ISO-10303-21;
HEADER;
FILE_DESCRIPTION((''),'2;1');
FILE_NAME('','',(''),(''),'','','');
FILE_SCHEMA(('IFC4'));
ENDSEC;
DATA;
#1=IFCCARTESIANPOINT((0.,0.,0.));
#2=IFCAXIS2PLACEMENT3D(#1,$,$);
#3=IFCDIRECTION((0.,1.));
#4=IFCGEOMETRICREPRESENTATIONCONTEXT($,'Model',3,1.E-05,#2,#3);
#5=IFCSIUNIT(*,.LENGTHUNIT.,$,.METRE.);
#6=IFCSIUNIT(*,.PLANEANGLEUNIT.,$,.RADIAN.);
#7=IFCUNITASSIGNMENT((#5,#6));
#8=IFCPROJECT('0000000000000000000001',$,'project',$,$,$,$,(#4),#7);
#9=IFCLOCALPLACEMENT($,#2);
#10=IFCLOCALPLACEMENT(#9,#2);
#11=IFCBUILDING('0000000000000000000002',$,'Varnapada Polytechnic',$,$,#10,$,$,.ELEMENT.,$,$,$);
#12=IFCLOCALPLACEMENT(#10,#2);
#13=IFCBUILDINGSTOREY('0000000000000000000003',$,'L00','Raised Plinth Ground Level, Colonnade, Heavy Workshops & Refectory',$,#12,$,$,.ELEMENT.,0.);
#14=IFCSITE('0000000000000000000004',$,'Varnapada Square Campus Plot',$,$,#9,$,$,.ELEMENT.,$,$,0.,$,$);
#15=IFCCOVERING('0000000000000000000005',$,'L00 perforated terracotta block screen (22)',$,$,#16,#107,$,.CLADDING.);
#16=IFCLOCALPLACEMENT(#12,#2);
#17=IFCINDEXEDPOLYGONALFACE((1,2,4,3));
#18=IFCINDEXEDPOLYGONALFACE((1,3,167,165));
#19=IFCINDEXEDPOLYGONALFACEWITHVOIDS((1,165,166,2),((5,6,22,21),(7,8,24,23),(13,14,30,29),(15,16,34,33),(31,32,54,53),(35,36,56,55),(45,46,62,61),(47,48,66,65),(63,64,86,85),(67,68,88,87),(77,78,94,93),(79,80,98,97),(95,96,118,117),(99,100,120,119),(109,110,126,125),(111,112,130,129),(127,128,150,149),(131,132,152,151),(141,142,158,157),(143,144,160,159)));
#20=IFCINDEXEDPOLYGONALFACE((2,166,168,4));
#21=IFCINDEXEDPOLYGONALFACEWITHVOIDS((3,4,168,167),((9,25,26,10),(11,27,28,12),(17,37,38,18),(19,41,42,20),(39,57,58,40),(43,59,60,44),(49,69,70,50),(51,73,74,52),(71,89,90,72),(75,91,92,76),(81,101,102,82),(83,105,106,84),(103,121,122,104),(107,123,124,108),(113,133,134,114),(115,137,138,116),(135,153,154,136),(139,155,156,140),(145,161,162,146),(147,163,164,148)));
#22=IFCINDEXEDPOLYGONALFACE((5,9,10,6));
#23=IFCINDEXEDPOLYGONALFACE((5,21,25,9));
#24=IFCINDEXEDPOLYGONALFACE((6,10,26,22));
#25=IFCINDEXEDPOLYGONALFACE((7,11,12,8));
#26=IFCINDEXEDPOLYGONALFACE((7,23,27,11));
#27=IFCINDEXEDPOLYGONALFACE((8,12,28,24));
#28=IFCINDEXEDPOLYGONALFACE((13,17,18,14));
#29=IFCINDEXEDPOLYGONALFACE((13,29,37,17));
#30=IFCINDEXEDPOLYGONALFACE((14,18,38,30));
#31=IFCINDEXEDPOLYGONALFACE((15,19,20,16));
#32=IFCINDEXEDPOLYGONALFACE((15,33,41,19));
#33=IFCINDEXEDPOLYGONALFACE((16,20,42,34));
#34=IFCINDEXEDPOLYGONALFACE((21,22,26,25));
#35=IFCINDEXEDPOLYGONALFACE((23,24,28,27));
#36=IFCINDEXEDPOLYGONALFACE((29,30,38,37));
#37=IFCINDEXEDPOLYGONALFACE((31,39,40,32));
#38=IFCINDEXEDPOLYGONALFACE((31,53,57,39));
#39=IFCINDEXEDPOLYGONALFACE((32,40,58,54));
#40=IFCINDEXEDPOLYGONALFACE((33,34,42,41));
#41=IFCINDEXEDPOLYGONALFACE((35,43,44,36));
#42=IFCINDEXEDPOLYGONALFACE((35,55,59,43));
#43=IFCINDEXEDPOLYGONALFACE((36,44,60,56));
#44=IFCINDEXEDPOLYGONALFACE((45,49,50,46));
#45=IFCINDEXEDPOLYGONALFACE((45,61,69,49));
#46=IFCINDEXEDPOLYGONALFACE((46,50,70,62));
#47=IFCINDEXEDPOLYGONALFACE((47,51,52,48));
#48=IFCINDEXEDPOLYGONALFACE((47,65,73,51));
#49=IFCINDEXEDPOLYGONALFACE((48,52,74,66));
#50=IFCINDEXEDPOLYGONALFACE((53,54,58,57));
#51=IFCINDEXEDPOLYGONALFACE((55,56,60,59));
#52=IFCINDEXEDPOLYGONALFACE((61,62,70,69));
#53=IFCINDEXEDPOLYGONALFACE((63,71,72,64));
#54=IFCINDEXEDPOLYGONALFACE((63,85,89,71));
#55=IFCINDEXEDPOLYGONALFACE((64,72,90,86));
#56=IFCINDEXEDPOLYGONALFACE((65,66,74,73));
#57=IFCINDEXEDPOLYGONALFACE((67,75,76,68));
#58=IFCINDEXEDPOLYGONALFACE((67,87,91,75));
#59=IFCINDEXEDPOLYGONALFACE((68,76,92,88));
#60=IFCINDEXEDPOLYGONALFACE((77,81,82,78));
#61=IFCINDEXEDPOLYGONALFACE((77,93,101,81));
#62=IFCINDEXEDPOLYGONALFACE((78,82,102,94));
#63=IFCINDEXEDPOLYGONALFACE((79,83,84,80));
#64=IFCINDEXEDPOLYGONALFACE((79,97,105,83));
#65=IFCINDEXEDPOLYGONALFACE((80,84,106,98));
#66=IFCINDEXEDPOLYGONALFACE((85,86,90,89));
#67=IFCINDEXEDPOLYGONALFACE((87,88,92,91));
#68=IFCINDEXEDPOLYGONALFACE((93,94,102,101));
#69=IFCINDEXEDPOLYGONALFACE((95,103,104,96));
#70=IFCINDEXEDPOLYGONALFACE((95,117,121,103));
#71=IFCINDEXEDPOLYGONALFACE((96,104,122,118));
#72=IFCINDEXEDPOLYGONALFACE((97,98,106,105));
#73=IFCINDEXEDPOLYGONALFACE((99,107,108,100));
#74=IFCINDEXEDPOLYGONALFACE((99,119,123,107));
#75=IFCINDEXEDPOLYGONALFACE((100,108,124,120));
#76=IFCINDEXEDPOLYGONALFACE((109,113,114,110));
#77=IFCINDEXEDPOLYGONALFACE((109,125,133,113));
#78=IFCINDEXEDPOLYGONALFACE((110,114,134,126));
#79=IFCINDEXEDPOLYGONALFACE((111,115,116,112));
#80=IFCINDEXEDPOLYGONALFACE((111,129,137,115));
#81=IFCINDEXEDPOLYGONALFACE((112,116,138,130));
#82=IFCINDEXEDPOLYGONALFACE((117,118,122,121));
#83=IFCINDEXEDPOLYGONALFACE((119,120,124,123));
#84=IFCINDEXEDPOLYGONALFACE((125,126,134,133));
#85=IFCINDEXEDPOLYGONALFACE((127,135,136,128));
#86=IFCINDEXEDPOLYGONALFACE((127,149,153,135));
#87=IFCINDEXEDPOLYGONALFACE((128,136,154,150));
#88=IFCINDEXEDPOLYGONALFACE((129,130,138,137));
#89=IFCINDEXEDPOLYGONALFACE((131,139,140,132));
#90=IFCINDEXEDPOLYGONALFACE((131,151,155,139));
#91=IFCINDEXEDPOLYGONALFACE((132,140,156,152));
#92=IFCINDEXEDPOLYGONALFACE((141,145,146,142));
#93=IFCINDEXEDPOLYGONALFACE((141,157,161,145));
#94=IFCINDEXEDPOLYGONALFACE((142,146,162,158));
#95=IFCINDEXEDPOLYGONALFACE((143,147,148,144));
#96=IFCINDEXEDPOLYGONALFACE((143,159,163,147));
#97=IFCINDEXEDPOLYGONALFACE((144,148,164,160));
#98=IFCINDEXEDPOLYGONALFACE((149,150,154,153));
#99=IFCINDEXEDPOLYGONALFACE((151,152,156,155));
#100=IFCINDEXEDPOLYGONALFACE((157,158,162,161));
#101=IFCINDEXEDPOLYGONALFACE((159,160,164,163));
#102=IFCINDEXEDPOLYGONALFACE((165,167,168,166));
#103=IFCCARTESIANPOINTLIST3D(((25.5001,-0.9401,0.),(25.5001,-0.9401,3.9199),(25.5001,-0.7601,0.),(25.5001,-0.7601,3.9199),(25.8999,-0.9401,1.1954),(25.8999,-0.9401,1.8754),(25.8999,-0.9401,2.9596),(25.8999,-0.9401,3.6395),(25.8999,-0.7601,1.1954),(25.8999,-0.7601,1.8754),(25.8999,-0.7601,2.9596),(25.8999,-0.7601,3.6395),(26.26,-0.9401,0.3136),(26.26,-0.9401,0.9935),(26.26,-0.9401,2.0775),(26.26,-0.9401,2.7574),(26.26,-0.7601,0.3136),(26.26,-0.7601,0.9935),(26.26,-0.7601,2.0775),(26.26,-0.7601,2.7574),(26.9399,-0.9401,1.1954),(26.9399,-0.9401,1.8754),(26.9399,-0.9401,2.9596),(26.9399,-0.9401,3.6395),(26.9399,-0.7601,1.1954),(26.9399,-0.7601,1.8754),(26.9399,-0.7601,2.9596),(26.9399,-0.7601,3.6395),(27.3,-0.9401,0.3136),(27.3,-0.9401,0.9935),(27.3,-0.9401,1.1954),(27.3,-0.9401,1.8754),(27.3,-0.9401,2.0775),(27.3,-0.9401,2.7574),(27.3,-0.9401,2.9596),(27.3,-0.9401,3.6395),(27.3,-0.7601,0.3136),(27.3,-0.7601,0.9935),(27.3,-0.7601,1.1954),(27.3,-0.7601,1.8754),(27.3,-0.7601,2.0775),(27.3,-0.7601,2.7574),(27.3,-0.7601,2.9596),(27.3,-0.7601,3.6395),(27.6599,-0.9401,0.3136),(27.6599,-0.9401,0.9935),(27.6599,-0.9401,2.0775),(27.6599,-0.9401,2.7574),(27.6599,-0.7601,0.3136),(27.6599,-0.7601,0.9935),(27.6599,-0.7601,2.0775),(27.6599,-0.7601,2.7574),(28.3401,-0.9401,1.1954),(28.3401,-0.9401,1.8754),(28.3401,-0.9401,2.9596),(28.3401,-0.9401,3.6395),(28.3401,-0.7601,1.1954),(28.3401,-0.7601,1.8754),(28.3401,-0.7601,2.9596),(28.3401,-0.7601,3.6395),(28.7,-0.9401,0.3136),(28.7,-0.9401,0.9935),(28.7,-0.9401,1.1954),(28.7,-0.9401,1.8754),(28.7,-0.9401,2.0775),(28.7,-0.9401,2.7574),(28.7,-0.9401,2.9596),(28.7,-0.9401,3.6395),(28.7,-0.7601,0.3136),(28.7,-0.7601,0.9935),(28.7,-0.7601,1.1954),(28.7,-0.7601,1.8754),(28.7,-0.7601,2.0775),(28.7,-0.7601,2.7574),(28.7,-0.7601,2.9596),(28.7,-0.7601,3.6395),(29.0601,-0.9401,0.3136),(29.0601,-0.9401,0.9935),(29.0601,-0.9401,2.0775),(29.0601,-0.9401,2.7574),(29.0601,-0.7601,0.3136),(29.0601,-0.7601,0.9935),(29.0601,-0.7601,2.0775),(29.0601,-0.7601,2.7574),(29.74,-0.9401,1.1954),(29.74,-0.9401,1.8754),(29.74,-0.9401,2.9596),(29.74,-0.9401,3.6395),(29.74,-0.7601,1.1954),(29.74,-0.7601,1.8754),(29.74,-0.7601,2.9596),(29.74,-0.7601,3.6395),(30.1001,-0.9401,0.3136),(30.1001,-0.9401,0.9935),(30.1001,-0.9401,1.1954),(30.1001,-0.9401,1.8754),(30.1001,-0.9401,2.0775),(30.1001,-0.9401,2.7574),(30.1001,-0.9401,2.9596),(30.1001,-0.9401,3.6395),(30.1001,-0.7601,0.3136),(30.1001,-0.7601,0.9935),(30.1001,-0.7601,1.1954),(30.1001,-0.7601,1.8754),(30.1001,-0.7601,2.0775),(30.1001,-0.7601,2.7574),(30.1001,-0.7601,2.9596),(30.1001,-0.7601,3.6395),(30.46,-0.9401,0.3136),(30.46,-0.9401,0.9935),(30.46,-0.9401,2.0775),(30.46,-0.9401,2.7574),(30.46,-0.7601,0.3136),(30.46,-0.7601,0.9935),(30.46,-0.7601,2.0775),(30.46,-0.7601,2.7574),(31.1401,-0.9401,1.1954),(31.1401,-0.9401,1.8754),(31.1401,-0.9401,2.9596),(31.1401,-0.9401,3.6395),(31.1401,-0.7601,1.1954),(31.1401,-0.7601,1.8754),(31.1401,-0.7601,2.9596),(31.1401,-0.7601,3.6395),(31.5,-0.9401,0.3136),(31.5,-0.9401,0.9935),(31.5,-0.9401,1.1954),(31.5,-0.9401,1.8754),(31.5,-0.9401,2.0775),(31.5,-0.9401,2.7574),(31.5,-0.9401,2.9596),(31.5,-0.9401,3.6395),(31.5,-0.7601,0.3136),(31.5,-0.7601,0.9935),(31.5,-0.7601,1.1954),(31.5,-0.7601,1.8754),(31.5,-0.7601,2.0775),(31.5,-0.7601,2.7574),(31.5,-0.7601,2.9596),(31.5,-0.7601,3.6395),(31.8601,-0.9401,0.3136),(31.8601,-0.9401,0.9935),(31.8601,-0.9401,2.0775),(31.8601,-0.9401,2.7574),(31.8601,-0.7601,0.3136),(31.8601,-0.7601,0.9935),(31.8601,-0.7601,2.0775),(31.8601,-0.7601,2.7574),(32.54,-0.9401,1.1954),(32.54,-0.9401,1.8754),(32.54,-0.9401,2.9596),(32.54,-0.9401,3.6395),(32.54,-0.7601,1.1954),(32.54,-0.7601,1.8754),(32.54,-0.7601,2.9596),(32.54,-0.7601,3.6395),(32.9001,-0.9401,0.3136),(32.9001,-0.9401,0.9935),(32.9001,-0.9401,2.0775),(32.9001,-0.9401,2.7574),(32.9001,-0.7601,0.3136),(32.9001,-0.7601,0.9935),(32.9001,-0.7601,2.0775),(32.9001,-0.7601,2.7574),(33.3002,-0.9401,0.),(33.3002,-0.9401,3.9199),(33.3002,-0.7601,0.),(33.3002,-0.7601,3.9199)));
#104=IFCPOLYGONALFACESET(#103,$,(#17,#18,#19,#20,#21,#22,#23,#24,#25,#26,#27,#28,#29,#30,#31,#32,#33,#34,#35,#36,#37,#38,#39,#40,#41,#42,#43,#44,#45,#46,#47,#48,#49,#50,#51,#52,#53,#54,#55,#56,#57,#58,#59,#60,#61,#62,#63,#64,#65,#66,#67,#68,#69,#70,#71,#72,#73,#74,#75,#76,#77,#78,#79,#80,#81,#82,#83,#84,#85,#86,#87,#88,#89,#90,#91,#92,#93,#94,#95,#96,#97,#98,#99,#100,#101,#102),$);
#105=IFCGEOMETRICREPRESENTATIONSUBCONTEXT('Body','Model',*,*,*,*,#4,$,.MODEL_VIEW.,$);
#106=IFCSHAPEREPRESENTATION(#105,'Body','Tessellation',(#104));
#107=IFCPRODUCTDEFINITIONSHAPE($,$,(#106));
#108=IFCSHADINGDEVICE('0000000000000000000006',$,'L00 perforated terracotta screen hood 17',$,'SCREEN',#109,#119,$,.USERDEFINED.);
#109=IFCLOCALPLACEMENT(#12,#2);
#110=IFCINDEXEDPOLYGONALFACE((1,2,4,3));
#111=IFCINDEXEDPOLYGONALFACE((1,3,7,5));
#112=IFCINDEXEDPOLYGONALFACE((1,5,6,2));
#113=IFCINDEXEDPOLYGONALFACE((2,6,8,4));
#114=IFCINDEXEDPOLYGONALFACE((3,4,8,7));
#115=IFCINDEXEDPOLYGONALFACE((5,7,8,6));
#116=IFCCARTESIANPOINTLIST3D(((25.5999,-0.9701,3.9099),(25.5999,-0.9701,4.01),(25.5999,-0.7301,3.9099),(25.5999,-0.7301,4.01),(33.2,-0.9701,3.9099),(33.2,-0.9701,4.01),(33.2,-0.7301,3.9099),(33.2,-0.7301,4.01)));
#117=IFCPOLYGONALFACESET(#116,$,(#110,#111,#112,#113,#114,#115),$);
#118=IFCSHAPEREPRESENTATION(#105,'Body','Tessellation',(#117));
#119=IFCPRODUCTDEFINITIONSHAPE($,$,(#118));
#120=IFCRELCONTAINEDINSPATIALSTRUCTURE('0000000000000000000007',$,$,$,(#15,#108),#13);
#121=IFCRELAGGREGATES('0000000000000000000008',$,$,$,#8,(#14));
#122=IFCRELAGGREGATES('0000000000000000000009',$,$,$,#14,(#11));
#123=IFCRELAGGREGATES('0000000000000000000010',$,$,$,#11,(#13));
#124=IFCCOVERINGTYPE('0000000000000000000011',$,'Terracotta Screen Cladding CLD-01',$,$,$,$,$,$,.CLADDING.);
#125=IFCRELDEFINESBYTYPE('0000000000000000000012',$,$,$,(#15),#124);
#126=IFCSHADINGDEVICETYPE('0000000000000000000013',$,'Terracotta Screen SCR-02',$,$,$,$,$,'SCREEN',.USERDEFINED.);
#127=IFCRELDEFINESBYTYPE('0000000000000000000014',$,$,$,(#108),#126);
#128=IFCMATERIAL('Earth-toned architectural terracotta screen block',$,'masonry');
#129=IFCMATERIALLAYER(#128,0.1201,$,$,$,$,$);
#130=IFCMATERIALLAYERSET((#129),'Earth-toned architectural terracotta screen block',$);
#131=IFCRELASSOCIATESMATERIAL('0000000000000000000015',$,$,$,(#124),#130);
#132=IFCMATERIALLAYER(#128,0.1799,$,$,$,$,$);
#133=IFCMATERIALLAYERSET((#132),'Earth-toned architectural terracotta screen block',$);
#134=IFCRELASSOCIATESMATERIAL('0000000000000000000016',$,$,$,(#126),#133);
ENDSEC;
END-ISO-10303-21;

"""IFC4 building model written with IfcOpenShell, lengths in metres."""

from ifc_helpers import new_model, si_unit, direction, frame, frame_2d, origin, origin_2d, place, context, subcontext, project, spatial, rectangle, extrude, material, layer, layer_set, type_object, element, save


model = new_model("IFC4")

# Units and contexts
model_context = context("Model", 3, precision=1e-05, world=origin(), true_north=direction((0.0, 1.0)))
body_context = subcontext(model_context, "Body", "Model", "MODEL_VIEW")
ifc_project = project(units=[si_unit("LENGTHUNIT", "METRE"), si_unit("PLANEANGLEUNIT", "RADIAN")], contexts=[model_context])

# Site, building, storey
site_placement = place(None, origin())
site = spatial("IfcSite", under=ifc_project, at=site_placement, Name="Varnapada Square Campus Plot", CompositionType="ELEMENT", RefElevation=0.0)
building_placement = place(site_placement, origin())
building = spatial("IfcBuilding", under=site, at=building_placement, Name="Varnapada Polytechnic", CompositionType="ELEMENT")
storey_placement = place(building_placement, origin())
storey = spatial("IfcBuildingStorey", under=building, at=storey_placement, Name="L00", Description="Raised Plinth Ground Level, Colonnade, Heavy Workshops & Refectory", CompositionType="ELEMENT", Elevation=0.0)

# Covering, openings
ifc_material_1 = material(Name="Earth-toned architectural terracotta screen block", Category="masonry")
ifc_layer_1 = layer(ifc_material_1, 0.1201)
ifc_layer_set_1 = layer_set([ifc_layer_1], Name="Earth-toned architectural terracotta screen block")
covering_type = type_object("IfcCoveringType", Name="Terracotta Screen Cladding CLD-01", PredefinedType="CLADDING", material=ifc_layer_set_1)
covering_placement = place(storey_placement, frame((33.3, -0.8501, 0.0), z_axis=(0.0, 0.0, 1.0), x_axis=(-1.0, 0.0, 0.0)))
covering = element("IfcCovering", 1, at=covering_placement, inside=storey, type_object=covering_type, Name="L00 perforated terracotta block screen (22)", PredefinedType="CLADDING", context=body_context, shape_type="SweptSolid", body=[
    extrude(rectangle(XDim=7.8, YDim=0.1799, at=frame_2d((3.8999, 0.0))), origin(), (0.0, 0.0, 1.0), 3.9199),
])
opening_1_placement = place(covering_placement, frame((0.3999, 0.0, 0.3137)))
element("IfcOpeningElement", 2, at=opening_1_placement, cuts=covering, PredefinedType="OPENING", context=body_context, shape_type="SweptSolid", body=[
    extrude(rectangle(XDim=1.04, YDim=0.6799, at=frame_2d((0.52, 0.3398))), frame((0.0, 0.0999, 0.0), z_axis=(0.0, -1.0, 0.0), x_axis=(1.0, 0.0, 0.0)), (0.0, 0.0, 1.0), 0.2),
])
opening_2_placement = place(covering_placement, frame((1.8, 0.0, 0.3137)))
element("IfcOpeningElement", 3, at=opening_2_placement, cuts=covering, PredefinedType="OPENING", context=body_context, shape_type="SweptSolid", body=[
    extrude(rectangle(XDim=1.04, YDim=0.6799, at=frame_2d((0.52, 0.3398))), frame((0.0, 0.0999, 0.0), z_axis=(0.0, -1.0, 0.0), x_axis=(1.0, 0.0, 0.0)), (0.0, 0.0, 1.0), 0.2),
])
opening_3_placement = place(covering_placement, frame((3.2, 0.0, 0.3137)))
element("IfcOpeningElement", 4, at=opening_3_placement, cuts=covering, PredefinedType="OPENING", context=body_context, shape_type="SweptSolid", body=[
    extrude(rectangle(XDim=1.04, YDim=0.6799, at=frame_2d((0.52, 0.3398))), frame((0.0, 0.0999, 0.0), z_axis=(0.0, -1.0, 0.0), x_axis=(1.0, 0.0, 0.0)), (0.0, 0.0, 1.0), 0.2),
])
opening_4_placement = place(covering_placement, frame((4.6001, 0.0, 0.3137)))
element("IfcOpeningElement", 5, at=opening_4_placement, cuts=covering, PredefinedType="OPENING", context=body_context, shape_type="SweptSolid", body=[
    extrude(rectangle(XDim=1.04, YDim=0.6799, at=frame_2d((0.52, 0.3398))), frame((0.0, 0.0999, 0.0), z_axis=(0.0, -1.0, 0.0), x_axis=(1.0, 0.0, 0.0)), (0.0, 0.0, 1.0), 0.2),
])
opening_5_placement = place(covering_placement, frame((6.0, 0.0, 0.3137)))
element("IfcOpeningElement", 6, at=opening_5_placement, cuts=covering, PredefinedType="OPENING", context=body_context, shape_type="SweptSolid", body=[
    extrude(rectangle(XDim=1.04, YDim=0.6799, at=frame_2d((0.52, 0.3398))), frame((0.0, 0.0999, 0.0), z_axis=(0.0, -1.0, 0.0), x_axis=(1.0, 0.0, 0.0)), (0.0, 0.0, 1.0), 0.2),
])
opening_6_placement = place(covering_placement, frame((0.76, 0.0, 1.1956)))
element("IfcOpeningElement", 7, at=opening_6_placement, cuts=covering, PredefinedType="OPENING", context=body_context, shape_type="SweptSolid", body=[
    extrude(rectangle(XDim=1.04, YDim=0.6799, at=frame_2d((0.52, 0.3398))), frame((0.0, 0.0999, 0.0), z_axis=(0.0, -1.0, 0.0), x_axis=(1.0, 0.0, 0.0)), (0.0, 0.0, 1.0), 0.2),
])
opening_7_placement = place(covering_placement, frame((2.1599, 0.0, 1.1956)))
element("IfcOpeningElement", 8, at=opening_7_placement, cuts=covering, PredefinedType="OPENING", context=body_context, shape_type="SweptSolid", body=[
    extrude(rectangle(XDim=1.04, YDim=0.6799, at=frame_2d((0.52, 0.3398))), frame((0.0, 0.0999, 0.0), z_axis=(0.0, -1.0, 0.0), x_axis=(1.0, 0.0, 0.0)), (0.0, 0.0, 1.0), 0.2),
])
opening_8_placement = place(covering_placement, frame((3.5601, 0.0, 1.1956)))
element("IfcOpeningElement", 9, at=opening_8_placement, cuts=covering, PredefinedType="OPENING", context=body_context, shape_type="SweptSolid", body=[
    extrude(rectangle(XDim=1.04, YDim=0.6799, at=frame_2d((0.52, 0.3398))), frame((0.0, 0.0999, 0.0), z_axis=(0.0, -1.0, 0.0), x_axis=(1.0, 0.0, 0.0)), (0.0, 0.0, 1.0), 0.2),
])
opening_9_placement = place(covering_placement, frame((4.96, 0.0, 1.1956)))
element("IfcOpeningElement", 10, at=opening_9_placement, cuts=covering, PredefinedType="OPENING", context=body_context, shape_type="SweptSolid", body=[
    extrude(rectangle(XDim=1.04, YDim=0.6799, at=frame_2d((0.52, 0.3398))), frame((0.0, 0.0999, 0.0), z_axis=(0.0, -1.0, 0.0), x_axis=(1.0, 0.0, 0.0)), (0.0, 0.0, 1.0), 0.2),
])
opening_10_placement = place(covering_placement, frame((6.3601, 0.0, 1.1956)))
element("IfcOpeningElement", 11, at=opening_10_placement, cuts=covering, PredefinedType="OPENING", context=body_context, shape_type="SweptSolid", body=[
    extrude(rectangle(XDim=1.04, YDim=0.6799, at=frame_2d((0.52, 0.3398))), frame((0.0, 0.0999, 0.0), z_axis=(0.0, -1.0, 0.0), x_axis=(1.0, 0.0, 0.0)), (0.0, 0.0, 1.0), 0.2),
])
opening_11_placement = place(covering_placement, frame((0.3999, 0.0, 2.0776)))
element("IfcOpeningElement", 12, at=opening_11_placement, cuts=covering, PredefinedType="OPENING", context=body_context, shape_type="SweptSolid", body=[
    extrude(rectangle(XDim=1.04, YDim=0.6799, at=frame_2d((0.52, 0.3398))), frame((0.0, 0.0999, 0.0), z_axis=(0.0, -1.0, 0.0), x_axis=(1.0, 0.0, 0.0)), (0.0, 0.0, 1.0), 0.2),
])
opening_12_placement = place(covering_placement, frame((1.8, 0.0, 2.0776)))
element("IfcOpeningElement", 13, at=opening_12_placement, cuts=covering, PredefinedType="OPENING", context=body_context, shape_type="SweptSolid", body=[
    extrude(rectangle(XDim=1.04, YDim=0.6799, at=frame_2d((0.52, 0.3398))), frame((0.0, 0.0999, 0.0), z_axis=(0.0, -1.0, 0.0), x_axis=(1.0, 0.0, 0.0)), (0.0, 0.0, 1.0), 0.2),
])
opening_13_placement = place(covering_placement, frame((3.2, 0.0, 2.0776)))
element("IfcOpeningElement", 14, at=opening_13_placement, cuts=covering, PredefinedType="OPENING", context=body_context, shape_type="SweptSolid", body=[
    extrude(rectangle(XDim=1.04, YDim=0.6799, at=frame_2d((0.52, 0.3398))), frame((0.0, 0.0999, 0.0), z_axis=(0.0, -1.0, 0.0), x_axis=(1.0, 0.0, 0.0)), (0.0, 0.0, 1.0), 0.2),
])
opening_14_placement = place(covering_placement, frame((4.6001, 0.0, 2.0776)))
element("IfcOpeningElement", 15, at=opening_14_placement, cuts=covering, PredefinedType="OPENING", context=body_context, shape_type="SweptSolid", body=[
    extrude(rectangle(XDim=1.04, YDim=0.6799, at=frame_2d((0.52, 0.3398))), frame((0.0, 0.0999, 0.0), z_axis=(0.0, -1.0, 0.0), x_axis=(1.0, 0.0, 0.0)), (0.0, 0.0, 1.0), 0.2),
])
opening_15_placement = place(covering_placement, frame((6.0, 0.0, 2.0776)))
element("IfcOpeningElement", 16, at=opening_15_placement, cuts=covering, PredefinedType="OPENING", context=body_context, shape_type="SweptSolid", body=[
    extrude(rectangle(XDim=1.04, YDim=0.6799, at=frame_2d((0.52, 0.3398))), frame((0.0, 0.0999, 0.0), z_axis=(0.0, -1.0, 0.0), x_axis=(1.0, 0.0, 0.0)), (0.0, 0.0, 1.0), 0.2),
])
opening_16_placement = place(covering_placement, frame((0.76, 0.0, 2.9597)))
element("IfcOpeningElement", 17, at=opening_16_placement, cuts=covering, PredefinedType="OPENING", context=body_context, shape_type="SweptSolid", body=[
    extrude(rectangle(XDim=1.04, YDim=0.6799, at=frame_2d((0.52, 0.3398))), frame((0.0, 0.0999, 0.0), z_axis=(0.0, -1.0, 0.0), x_axis=(1.0, 0.0, 0.0)), (0.0, 0.0, 1.0), 0.2),
])
opening_17_placement = place(covering_placement, frame((2.1599, 0.0, 2.9597)))
element("IfcOpeningElement", 18, at=opening_17_placement, cuts=covering, PredefinedType="OPENING", context=body_context, shape_type="SweptSolid", body=[
    extrude(rectangle(XDim=1.04, YDim=0.6799, at=frame_2d((0.52, 0.3398))), frame((0.0, 0.0999, 0.0), z_axis=(0.0, -1.0, 0.0), x_axis=(1.0, 0.0, 0.0)), (0.0, 0.0, 1.0), 0.2),
])
opening_18_placement = place(covering_placement, frame((3.5601, 0.0, 2.9597)))
element("IfcOpeningElement", 19, at=opening_18_placement, cuts=covering, PredefinedType="OPENING", context=body_context, shape_type="SweptSolid", body=[
    extrude(rectangle(XDim=1.04, YDim=0.6799, at=frame_2d((0.52, 0.3398))), frame((0.0, 0.0999, 0.0), z_axis=(0.0, -1.0, 0.0), x_axis=(1.0, 0.0, 0.0)), (0.0, 0.0, 1.0), 0.2),
])
opening_19_placement = place(covering_placement, frame((4.96, 0.0, 2.9597)))
element("IfcOpeningElement", 20, at=opening_19_placement, cuts=covering, PredefinedType="OPENING", context=body_context, shape_type="SweptSolid", body=[
    extrude(rectangle(XDim=1.04, YDim=0.6799, at=frame_2d((0.52, 0.3398))), frame((0.0, 0.0999, 0.0), z_axis=(0.0, -1.0, 0.0), x_axis=(1.0, 0.0, 0.0)), (0.0, 0.0, 1.0), 0.2),
])
opening_20_placement = place(covering_placement, frame((6.3601, 0.0, 2.9597)))
element("IfcOpeningElement", 21, at=opening_20_placement, cuts=covering, PredefinedType="OPENING", context=body_context, shape_type="SweptSolid", body=[
    extrude(rectangle(XDim=1.04, YDim=0.6799, at=frame_2d((0.52, 0.3398))), frame((0.0, 0.0999, 0.0), z_axis=(0.0, -1.0, 0.0), x_axis=(1.0, 0.0, 0.0)), (0.0, 0.0, 1.0), 0.2),
])

# Shading device
ifc_layer_2 = layer(ifc_material_1, 0.1799)
ifc_layer_set_2 = layer_set([ifc_layer_2], Name="Earth-toned architectural terracotta screen block")
shading_device_type_1 = type_object("IfcShadingDeviceType", Name="Terracotta Screen SCR-02", ElementType="SCREEN", PredefinedType="USERDEFINED", material=ifc_layer_set_2)
shading_device_1_placement = place(storey_placement, frame((29.3999, -0.8501, 3.9099), z_axis=(0.0, 0.0, 1.0), x_axis=(-1.0, 0.0, 0.0)))
element("IfcShadingDevice", 22, at=shading_device_1_placement, inside=storey, type_object=shading_device_type_1, Name="L00 perforated terracotta screen hood 17", ObjectType="SCREEN", PredefinedType="USERDEFINED", context=body_context, shape_type="SweptSolid", body=[
    extrude(rectangle(XDim=7.6001, YDim=0.24, at=origin_2d()), origin(), (0.0, 0.0, 1.0), 0.1001),
])

save(model, "model.ifc")
